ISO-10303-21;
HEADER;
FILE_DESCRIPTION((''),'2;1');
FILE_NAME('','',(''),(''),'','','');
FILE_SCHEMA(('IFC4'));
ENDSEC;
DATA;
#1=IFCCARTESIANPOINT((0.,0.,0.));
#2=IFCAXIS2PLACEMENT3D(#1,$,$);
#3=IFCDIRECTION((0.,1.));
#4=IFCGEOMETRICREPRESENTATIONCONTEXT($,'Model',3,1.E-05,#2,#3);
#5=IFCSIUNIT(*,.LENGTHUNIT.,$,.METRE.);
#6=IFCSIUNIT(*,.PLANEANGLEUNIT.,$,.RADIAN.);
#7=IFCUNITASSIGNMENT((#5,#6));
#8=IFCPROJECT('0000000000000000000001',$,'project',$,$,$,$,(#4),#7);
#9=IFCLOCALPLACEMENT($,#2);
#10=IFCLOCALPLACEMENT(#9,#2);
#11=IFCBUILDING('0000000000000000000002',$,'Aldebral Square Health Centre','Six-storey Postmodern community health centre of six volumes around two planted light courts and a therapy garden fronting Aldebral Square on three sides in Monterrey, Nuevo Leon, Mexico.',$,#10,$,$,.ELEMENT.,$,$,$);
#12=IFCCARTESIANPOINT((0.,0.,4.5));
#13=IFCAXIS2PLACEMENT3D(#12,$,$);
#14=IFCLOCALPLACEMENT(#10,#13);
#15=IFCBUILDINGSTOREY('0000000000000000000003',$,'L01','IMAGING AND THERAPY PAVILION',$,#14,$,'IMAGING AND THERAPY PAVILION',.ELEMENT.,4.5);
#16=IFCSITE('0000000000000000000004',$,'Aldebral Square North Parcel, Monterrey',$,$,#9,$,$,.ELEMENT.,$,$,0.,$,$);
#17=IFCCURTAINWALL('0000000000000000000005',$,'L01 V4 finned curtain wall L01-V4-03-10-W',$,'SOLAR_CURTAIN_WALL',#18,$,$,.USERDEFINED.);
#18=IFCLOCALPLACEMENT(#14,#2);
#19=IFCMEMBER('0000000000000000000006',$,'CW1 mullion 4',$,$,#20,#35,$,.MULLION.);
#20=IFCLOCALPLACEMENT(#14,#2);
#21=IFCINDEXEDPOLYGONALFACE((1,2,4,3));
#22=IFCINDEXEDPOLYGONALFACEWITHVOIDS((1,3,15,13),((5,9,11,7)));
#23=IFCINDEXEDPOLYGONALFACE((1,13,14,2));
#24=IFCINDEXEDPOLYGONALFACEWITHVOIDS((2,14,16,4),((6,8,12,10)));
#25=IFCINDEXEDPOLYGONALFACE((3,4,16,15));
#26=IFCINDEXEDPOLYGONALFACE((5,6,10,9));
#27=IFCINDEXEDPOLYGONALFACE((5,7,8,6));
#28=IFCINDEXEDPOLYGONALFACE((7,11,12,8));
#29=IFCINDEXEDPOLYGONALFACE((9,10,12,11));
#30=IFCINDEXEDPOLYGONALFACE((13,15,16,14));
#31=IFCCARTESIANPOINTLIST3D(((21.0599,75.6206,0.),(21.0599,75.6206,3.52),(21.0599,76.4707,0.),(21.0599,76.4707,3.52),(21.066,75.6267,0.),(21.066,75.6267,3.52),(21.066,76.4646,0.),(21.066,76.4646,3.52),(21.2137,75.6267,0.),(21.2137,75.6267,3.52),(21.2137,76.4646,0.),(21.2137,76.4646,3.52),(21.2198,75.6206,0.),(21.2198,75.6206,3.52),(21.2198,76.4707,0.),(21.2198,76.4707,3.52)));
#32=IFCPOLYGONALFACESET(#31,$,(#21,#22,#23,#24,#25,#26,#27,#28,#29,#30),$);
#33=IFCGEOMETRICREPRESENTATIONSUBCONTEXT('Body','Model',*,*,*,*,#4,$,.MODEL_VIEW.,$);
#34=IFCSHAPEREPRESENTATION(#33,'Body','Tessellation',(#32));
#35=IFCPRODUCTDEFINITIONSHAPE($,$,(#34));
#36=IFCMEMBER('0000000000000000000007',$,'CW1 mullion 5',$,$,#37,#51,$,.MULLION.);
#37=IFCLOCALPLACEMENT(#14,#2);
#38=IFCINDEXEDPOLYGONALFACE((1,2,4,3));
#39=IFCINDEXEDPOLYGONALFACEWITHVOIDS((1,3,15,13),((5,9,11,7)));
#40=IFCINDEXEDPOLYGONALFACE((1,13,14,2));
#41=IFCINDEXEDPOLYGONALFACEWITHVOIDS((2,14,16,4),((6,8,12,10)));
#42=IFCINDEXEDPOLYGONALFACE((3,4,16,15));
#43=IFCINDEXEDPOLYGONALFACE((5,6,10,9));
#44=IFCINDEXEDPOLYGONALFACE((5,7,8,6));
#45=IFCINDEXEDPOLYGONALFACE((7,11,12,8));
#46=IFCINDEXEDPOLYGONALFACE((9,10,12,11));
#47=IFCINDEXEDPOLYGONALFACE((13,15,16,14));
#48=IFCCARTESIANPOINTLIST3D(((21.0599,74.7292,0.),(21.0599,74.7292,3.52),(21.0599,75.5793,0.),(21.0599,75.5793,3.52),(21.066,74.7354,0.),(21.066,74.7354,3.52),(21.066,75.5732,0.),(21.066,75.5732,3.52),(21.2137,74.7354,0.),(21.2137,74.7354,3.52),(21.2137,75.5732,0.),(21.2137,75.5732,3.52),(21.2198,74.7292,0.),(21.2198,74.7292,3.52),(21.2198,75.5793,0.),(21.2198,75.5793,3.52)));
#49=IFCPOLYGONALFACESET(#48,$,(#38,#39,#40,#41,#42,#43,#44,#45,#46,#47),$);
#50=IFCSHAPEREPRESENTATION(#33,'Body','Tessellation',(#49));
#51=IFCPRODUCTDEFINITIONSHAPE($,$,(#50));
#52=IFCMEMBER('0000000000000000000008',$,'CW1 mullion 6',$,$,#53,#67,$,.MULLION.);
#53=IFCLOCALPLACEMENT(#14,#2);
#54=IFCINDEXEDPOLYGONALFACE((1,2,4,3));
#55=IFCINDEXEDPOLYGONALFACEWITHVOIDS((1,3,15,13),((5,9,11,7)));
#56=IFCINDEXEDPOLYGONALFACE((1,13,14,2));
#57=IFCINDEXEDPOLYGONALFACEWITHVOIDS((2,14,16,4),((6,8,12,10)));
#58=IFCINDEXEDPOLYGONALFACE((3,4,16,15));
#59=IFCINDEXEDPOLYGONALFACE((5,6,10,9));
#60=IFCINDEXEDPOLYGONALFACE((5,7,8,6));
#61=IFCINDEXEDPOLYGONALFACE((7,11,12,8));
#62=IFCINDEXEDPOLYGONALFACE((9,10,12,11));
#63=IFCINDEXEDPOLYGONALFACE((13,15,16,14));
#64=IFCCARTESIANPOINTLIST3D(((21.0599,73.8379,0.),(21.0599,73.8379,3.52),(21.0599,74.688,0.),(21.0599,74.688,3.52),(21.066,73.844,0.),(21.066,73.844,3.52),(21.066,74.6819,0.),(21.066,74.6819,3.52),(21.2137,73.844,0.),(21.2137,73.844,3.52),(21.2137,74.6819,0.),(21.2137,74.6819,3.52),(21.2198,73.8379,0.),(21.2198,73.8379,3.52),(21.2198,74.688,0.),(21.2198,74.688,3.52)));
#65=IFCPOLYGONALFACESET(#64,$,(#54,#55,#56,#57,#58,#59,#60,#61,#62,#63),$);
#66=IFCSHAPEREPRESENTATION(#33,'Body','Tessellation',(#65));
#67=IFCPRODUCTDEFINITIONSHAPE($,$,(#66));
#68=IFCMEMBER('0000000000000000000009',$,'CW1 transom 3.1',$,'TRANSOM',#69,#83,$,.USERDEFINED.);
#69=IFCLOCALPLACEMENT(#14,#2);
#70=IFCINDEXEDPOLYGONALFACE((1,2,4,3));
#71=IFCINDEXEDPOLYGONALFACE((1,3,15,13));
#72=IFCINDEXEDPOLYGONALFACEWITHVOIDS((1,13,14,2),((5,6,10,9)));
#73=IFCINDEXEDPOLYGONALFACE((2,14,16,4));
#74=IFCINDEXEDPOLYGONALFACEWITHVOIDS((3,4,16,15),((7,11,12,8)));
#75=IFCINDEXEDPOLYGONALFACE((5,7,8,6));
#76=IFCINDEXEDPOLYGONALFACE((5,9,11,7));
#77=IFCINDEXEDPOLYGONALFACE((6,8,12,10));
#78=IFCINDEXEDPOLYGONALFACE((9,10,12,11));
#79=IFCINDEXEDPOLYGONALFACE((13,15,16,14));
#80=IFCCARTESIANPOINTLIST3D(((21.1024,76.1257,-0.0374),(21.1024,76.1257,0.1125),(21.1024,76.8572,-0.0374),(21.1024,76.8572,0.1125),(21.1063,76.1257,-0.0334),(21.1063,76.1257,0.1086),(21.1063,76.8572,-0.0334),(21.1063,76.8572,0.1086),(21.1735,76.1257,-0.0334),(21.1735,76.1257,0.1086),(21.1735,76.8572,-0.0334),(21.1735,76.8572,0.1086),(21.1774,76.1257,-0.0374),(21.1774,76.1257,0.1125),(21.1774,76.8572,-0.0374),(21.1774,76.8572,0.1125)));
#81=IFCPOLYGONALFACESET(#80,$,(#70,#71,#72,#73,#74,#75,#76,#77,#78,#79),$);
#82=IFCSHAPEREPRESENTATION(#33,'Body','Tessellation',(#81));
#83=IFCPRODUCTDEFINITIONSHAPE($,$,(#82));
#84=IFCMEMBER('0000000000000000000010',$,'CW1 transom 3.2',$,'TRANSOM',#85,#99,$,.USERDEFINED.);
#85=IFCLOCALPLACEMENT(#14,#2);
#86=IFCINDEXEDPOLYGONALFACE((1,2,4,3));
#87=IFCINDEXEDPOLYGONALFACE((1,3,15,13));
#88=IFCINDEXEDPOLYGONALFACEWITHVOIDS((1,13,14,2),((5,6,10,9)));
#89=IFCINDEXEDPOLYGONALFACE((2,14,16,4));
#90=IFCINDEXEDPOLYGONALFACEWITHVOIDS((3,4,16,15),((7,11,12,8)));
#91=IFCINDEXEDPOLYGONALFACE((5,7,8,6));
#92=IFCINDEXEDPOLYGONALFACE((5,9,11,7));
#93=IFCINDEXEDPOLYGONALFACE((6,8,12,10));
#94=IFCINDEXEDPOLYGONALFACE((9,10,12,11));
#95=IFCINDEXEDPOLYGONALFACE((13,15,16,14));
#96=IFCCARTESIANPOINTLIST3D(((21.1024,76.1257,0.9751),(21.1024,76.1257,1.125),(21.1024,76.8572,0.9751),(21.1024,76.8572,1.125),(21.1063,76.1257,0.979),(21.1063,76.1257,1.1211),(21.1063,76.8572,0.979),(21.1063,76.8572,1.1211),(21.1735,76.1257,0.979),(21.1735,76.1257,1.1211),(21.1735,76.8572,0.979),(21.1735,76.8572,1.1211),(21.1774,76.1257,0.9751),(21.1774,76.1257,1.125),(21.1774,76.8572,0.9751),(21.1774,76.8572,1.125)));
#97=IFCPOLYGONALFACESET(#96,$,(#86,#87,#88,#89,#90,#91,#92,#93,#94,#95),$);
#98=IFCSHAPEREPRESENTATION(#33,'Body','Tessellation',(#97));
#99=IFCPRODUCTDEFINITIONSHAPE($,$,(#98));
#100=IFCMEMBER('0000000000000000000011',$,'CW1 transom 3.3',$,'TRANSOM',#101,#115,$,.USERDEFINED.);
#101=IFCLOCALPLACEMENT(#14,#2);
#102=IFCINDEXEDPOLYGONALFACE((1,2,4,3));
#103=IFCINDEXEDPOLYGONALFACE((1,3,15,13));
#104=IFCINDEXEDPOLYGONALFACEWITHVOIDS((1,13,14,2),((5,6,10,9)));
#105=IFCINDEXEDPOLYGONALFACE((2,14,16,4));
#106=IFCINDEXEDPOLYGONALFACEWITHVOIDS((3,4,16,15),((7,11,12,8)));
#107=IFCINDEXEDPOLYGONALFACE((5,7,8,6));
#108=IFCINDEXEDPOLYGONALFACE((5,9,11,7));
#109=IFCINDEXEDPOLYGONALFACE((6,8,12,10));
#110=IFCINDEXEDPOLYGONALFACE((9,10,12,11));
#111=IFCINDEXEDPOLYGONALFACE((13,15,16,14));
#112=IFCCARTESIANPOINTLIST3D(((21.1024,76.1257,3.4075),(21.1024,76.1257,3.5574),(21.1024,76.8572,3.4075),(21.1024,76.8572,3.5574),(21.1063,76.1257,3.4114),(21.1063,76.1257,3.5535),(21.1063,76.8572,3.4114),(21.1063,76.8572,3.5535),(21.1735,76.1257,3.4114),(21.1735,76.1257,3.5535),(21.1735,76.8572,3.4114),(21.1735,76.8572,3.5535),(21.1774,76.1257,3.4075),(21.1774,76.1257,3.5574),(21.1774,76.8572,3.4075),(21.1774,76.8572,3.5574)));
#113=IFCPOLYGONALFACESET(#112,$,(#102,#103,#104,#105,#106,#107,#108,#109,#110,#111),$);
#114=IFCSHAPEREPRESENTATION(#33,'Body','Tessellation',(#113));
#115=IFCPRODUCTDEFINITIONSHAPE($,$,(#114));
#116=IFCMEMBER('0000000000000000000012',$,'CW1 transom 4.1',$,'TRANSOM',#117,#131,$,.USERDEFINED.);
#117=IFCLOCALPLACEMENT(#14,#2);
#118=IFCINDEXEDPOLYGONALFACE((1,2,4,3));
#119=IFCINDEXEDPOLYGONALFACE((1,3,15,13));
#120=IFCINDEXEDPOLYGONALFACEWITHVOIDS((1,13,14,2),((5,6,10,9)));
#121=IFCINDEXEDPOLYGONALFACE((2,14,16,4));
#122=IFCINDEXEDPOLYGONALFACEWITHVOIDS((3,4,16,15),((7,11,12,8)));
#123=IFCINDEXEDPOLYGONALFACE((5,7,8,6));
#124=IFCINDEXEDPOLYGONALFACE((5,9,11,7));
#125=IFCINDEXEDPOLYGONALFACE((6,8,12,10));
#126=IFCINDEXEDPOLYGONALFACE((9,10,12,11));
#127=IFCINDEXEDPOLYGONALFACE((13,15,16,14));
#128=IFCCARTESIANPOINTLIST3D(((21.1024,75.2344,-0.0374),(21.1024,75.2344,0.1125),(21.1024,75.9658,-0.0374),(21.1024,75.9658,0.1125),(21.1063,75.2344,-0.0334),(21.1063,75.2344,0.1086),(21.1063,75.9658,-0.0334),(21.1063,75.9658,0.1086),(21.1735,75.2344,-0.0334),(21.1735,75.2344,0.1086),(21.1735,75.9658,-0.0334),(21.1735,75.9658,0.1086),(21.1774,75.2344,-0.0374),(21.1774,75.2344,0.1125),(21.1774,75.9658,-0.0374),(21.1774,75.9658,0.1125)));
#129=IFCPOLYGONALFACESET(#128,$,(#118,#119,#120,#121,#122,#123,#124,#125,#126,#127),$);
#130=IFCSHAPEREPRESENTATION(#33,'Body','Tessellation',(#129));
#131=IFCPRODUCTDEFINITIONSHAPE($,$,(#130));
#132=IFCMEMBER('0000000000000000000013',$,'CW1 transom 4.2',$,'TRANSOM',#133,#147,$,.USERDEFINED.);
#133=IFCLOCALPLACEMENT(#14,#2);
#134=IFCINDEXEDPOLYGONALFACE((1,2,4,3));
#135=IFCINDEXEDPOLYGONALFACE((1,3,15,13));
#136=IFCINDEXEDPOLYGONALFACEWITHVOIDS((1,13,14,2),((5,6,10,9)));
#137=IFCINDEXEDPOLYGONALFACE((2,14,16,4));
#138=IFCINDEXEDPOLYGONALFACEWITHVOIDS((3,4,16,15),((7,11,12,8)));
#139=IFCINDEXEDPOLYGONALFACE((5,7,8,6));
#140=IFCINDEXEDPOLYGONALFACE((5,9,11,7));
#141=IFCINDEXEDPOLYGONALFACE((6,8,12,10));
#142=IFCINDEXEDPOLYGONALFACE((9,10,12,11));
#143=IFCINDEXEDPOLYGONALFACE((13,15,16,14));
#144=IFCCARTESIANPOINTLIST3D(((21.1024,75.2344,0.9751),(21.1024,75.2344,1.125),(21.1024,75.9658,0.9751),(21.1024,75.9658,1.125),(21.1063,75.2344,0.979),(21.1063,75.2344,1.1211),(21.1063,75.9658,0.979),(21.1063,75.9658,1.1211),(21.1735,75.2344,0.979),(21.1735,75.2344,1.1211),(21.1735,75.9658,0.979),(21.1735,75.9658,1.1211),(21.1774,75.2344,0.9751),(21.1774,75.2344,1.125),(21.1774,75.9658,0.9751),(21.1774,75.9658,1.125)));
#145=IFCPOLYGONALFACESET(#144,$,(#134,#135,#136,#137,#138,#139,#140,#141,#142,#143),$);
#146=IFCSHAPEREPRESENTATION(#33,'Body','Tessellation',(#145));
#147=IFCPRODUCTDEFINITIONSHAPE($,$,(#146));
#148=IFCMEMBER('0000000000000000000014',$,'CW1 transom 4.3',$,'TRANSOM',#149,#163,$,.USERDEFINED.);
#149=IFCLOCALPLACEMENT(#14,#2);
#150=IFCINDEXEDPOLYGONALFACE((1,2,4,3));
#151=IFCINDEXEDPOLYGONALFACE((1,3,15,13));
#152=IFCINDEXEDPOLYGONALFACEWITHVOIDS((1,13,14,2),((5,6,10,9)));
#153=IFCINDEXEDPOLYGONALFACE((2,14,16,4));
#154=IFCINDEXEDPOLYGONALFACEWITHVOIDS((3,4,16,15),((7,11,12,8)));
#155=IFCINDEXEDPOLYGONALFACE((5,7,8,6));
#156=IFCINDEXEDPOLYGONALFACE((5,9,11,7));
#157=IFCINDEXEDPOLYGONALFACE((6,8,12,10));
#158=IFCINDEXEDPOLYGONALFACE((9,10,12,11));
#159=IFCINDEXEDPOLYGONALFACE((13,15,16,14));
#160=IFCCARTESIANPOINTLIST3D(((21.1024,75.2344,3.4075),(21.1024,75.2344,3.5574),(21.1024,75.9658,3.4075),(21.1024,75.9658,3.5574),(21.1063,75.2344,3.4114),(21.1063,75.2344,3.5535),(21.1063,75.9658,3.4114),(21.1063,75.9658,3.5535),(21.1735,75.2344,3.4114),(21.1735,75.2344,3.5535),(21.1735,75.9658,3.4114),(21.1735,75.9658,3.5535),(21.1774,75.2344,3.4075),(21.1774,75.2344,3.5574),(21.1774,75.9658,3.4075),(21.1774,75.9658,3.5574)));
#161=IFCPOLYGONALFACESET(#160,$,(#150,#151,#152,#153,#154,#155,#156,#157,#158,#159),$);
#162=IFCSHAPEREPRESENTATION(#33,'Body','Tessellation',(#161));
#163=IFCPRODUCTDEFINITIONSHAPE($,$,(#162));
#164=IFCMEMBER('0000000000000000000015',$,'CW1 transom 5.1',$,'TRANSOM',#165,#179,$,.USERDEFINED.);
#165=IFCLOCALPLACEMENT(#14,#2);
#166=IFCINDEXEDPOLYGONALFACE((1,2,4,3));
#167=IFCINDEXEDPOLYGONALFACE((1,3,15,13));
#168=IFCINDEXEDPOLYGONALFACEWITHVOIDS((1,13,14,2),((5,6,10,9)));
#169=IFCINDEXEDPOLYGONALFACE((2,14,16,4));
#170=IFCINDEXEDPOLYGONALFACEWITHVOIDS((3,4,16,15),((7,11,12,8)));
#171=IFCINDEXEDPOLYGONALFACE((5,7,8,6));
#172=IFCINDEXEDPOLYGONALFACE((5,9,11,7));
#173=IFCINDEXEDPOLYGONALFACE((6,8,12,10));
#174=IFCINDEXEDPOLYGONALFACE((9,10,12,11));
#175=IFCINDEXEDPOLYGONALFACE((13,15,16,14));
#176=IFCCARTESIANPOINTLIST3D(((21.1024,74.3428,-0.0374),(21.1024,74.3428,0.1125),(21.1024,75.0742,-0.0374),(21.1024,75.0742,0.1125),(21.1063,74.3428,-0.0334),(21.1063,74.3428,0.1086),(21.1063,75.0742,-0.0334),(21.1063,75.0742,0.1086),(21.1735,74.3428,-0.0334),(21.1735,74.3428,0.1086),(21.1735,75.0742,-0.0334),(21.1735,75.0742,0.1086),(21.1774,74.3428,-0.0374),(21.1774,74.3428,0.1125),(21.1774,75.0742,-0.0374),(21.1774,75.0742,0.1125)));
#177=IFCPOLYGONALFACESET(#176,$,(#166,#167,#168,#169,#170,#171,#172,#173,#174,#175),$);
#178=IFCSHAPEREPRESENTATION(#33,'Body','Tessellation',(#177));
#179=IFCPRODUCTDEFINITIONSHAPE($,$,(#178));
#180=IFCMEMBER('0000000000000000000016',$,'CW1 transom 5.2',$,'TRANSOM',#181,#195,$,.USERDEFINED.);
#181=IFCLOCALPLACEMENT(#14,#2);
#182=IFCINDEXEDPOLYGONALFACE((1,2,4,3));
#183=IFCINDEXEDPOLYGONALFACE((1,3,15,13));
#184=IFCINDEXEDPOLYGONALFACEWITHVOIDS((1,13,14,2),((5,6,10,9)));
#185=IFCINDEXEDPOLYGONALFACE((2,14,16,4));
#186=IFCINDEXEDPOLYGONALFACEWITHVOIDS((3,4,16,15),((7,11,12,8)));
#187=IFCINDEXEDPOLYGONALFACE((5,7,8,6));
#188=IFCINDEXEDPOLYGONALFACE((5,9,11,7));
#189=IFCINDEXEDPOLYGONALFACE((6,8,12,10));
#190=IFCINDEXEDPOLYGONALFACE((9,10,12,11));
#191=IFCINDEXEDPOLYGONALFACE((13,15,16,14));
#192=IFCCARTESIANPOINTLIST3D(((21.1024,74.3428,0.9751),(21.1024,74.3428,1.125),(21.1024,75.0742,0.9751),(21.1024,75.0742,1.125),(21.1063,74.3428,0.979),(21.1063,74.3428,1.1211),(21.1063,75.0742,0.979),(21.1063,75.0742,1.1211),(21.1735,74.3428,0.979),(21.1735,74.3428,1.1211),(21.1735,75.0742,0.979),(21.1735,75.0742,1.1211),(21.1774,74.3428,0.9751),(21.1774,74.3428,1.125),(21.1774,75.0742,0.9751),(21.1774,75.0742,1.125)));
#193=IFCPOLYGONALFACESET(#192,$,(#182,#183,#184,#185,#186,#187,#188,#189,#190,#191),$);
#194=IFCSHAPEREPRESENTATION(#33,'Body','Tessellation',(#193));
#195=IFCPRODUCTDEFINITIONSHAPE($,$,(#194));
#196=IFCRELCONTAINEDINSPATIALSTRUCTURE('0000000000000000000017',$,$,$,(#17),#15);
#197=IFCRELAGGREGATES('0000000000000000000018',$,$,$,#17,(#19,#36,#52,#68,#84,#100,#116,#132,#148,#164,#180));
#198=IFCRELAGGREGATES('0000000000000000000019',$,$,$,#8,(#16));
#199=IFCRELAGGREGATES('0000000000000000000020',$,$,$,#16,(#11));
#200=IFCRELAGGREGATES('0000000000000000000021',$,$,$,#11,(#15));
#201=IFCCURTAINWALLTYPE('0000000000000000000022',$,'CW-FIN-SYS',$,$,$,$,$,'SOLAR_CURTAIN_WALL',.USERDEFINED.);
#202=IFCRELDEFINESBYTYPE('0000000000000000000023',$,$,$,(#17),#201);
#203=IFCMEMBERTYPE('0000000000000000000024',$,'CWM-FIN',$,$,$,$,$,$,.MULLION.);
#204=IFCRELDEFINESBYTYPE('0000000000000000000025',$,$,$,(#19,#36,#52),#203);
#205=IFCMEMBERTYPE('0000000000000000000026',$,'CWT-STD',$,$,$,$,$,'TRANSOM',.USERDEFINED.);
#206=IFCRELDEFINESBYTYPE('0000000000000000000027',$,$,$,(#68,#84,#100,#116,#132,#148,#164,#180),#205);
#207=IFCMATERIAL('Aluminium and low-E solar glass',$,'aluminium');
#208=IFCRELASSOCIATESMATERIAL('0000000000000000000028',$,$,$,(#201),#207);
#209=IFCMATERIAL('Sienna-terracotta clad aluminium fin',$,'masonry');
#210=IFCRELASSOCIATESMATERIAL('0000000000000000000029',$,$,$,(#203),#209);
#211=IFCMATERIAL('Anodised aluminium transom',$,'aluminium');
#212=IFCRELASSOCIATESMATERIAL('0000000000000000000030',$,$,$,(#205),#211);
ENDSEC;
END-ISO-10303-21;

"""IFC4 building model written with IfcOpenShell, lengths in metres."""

from ifc_helpers import new_model, si_unit, direction, frame, origin, origin_2d, place, context, subcontext, project, spatial, hollow_rectangle, extrude, material, material_profile, profile_set, type_object, element, aggregate, save


model = new_model("IFC4")

# Units and contexts
model_context = context("Model", 3, precision=1e-05, world=origin(), true_north=direction((0.0, 1.0)))
body_context = subcontext(model_context, "Body", "Model", "MODEL_VIEW")
ifc_project = project(units=[si_unit("LENGTHUNIT", "METRE"), si_unit("PLANEANGLEUNIT", "RADIAN")], contexts=[model_context])

# Site, building, storey
site_placement = place(None, origin())
site = spatial("IfcSite", under=ifc_project, at=site_placement, Name="Aldebral Square North Parcel, Monterrey", CompositionType="ELEMENT", RefElevation=0.0)
building_placement = place(site_placement, origin())
building = spatial("IfcBuilding", under=site, at=building_placement, Name="Aldebral Square Health Centre", Description="Six-storey Postmodern community health centre of six volumes around two planted light courts and a therapy garden fronting Aldebral Square on three sides in Monterrey, Nuevo Leon, Mexico.", CompositionType="ELEMENT")
storey_placement = place(building_placement, frame((0.0, 0.0, 4.5)))
storey = spatial("IfcBuildingStorey", under=building, at=storey_placement, Name="L01", Description="IMAGING AND THERAPY PAVILION", LongName="IMAGING AND THERAPY PAVILION", CompositionType="ELEMENT", Elevation=4.5)

# Curtain wall, members
ifc_material_1 = material(Name="Aluminium and low-E solar glass", Category="aluminium")
curtain_wall_type = type_object("IfcCurtainWallType", Name="CW-FIN-SYS", ElementType="SOLAR_CURTAIN_WALL", PredefinedType="USERDEFINED", material=ifc_material_1)
curtain_wall_placement = place(storey_placement, origin())
curtain_wall = element("IfcCurtainWall", 1, at=curtain_wall_placement, inside=storey, type_object=curtain_wall_type, Name="L01 V4 finned curtain wall L01-V4-03-10-W", ObjectType="SOLAR_CURTAIN_WALL", PredefinedType="USERDEFINED")
ifc_material_2 = material(Name="Sienna-terracotta clad aluminium fin", Category="masonry")
ifc_material_profile_1 = material_profile(ifc_material_2, hollow_rectangle(XDim=0.1599, YDim=0.8501, WallThickness=0.0061, at=origin_2d()), Name="FIN 160x850x6")
ifc_profile_set_1 = profile_set([ifc_material_profile_1], Name="Sienna-terracotta clad aluminium fin")
member_type_1 = type_object("IfcMemberType", Name="CWM-FIN", PredefinedType="MULLION", material=ifc_profile_set_1)
member_1_placement = place(storey_placement, frame((21.1399, 76.0457, 0.0), z_axis=(0.0, 0.0, 1.0), x_axis=(1.0, 0.0, 0.0)))
member_1 = element("IfcMember", 2, at=member_1_placement, type_object=member_type_1, Name="CW1 mullion 4", PredefinedType="MULLION", context=body_context, shape_type="SweptSolid", body=[
    extrude(hollow_rectangle(XDim=0.1599, YDim=0.8501, WallThickness=0.0061, at=origin_2d()), origin(), (0.0, 0.0, 1.0), 3.52),
])
member_2_placement = place(storey_placement, frame((21.1399, 75.1543, 0.0), z_axis=(0.0, 0.0, 1.0), x_axis=(1.0, 0.0, 0.0)))
member_2 = element("IfcMember", 3, at=member_2_placement, type_object=member_type_1, Name="CW1 mullion 5", PredefinedType="MULLION", context=body_context, shape_type="SweptSolid", body=[
    extrude(hollow_rectangle(XDim=0.1599, YDim=0.8501, WallThickness=0.0061, at=origin_2d()), origin(), (0.0, 0.0, 1.0), 3.52),
])
member_3_placement = place(storey_placement, frame((21.1399, 74.2629, 0.0), z_axis=(0.0, 0.0, 1.0), x_axis=(1.0, 0.0, 0.0)))
member_3 = element("IfcMember", 4, at=member_3_placement, type_object=member_type_1, Name="CW1 mullion 6", PredefinedType="MULLION", context=body_context, shape_type="SweptSolid", body=[
    extrude(hollow_rectangle(XDim=0.1599, YDim=0.8501, WallThickness=0.0061, at=origin_2d()), origin(), (0.0, 0.0, 1.0), 3.52),
])
ifc_material_3 = material(Name="Anodised aluminium transom", Category="aluminium")
ifc_material_profile_2 = material_profile(ifc_material_3, hollow_rectangle(XDim=0.075, YDim=0.1499, WallThickness=0.0039, at=origin_2d()), Name="CWT 75x150x4")
ifc_profile_set_2 = profile_set([ifc_material_profile_2], Name="Anodised aluminium transom")
member_type_2 = type_object("IfcMemberType", Name="CWT-STD", ElementType="TRANSOM", PredefinedType="USERDEFINED", material=ifc_profile_set_2)
member_4_placement = place(storey_placement, frame((21.1399, 76.8572, 0.0376), z_axis=(0.0, -1.0, 0.0), x_axis=(1.0, 0.0, 0.0)))
member_4 = element("IfcMember", 5, at=member_4_placement, type_object=member_type_2, Name="CW1 transom 3.1", ObjectType="TRANSOM", PredefinedType="USERDEFINED", context=body_context, shape_type="SweptSolid", body=[
    extrude(hollow_rectangle(XDim=0.075, YDim=0.1499, WallThickness=0.0039, at=origin_2d()), origin(), (0.0, 0.0, 1.0), 0.7314),
])
member_5_placement = place(storey_placement, frame((21.1399, 76.8572, 1.05), z_axis=(0.0, -1.0, 0.0), x_axis=(1.0, 0.0, 0.0)))
member_5 = element("IfcMember", 6, at=member_5_placement, type_object=member_type_2, Name="CW1 transom 3.2", ObjectType="TRANSOM", PredefinedType="USERDEFINED", context=body_context, shape_type="SweptSolid", body=[
    extrude(hollow_rectangle(XDim=0.075, YDim=0.1499, WallThickness=0.0039, at=origin_2d()), origin(), (0.0, 0.0, 1.0), 0.7314),
])
member_6_placement = place(storey_placement, frame((21.1399, 76.8572, 3.4824), z_axis=(0.0, -1.0, 0.0), x_axis=(1.0, 0.0, 0.0)))
member_6 = element("IfcMember", 7, at=member_6_placement, type_object=member_type_2, Name="CW1 transom 3.3", ObjectType="TRANSOM", PredefinedType="USERDEFINED", context=body_context, shape_type="SweptSolid", body=[
    extrude(hollow_rectangle(XDim=0.075, YDim=0.1499, WallThickness=0.0039, at=origin_2d()), origin(), (0.0, 0.0, 1.0), 0.7314),
])
member_7_placement = place(storey_placement, frame((21.1399, 75.9658, 0.0376), z_axis=(0.0, -1.0, 0.0), x_axis=(1.0, 0.0, 0.0)))
member_7 = element("IfcMember", 8, at=member_7_placement, type_object=member_type_2, Name="CW1 transom 4.1", ObjectType="TRANSOM", PredefinedType="USERDEFINED", context=body_context, shape_type="SweptSolid", body=[
    extrude(hollow_rectangle(XDim=0.075, YDim=0.1499, WallThickness=0.0039, at=origin_2d()), origin(), (0.0, 0.0, 1.0), 0.7314),
])
member_8_placement = place(storey_placement, frame((21.1399, 75.9658, 1.05), z_axis=(0.0, -1.0, 0.0), x_axis=(1.0, 0.0, 0.0)))
member_8 = element("IfcMember", 9, at=member_8_placement, type_object=member_type_2, Name="CW1 transom 4.2", ObjectType="TRANSOM", PredefinedType="USERDEFINED", context=body_context, shape_type="SweptSolid", body=[
    extrude(hollow_rectangle(XDim=0.075, YDim=0.1499, WallThickness=0.0039, at=origin_2d()), origin(), (0.0, 0.0, 1.0), 0.7314),
])
member_9_placement = place(storey_placement, frame((21.1399, 75.9658, 3.4824), z_axis=(0.0, -1.0, 0.0), x_axis=(1.0, 0.0, 0.0)))
member_9 = element("IfcMember", 10, at=member_9_placement, type_object=member_type_2, Name="CW1 transom 4.3", ObjectType="TRANSOM", PredefinedType="USERDEFINED", context=body_context, shape_type="SweptSolid", body=[
    extrude(hollow_rectangle(XDim=0.075, YDim=0.1499, WallThickness=0.0039, at=origin_2d()), origin(), (0.0, 0.0, 1.0), 0.7314),
])
member_10_placement = place(storey_placement, frame((21.1399, 75.0742, 0.0376), z_axis=(0.0, -1.0, 0.0), x_axis=(1.0, 0.0, 0.0)))
member_10 = element("IfcMember", 11, at=member_10_placement, type_object=member_type_2, Name="CW1 transom 5.1", ObjectType="TRANSOM", PredefinedType="USERDEFINED", context=body_context, shape_type="SweptSolid", body=[
    extrude(hollow_rectangle(XDim=0.075, YDim=0.1499, WallThickness=0.0039, at=origin_2d()), origin(), (0.0, 0.0, 1.0), 0.7314),
])
member_11_placement = place(storey_placement, frame((21.1399, 75.0742, 1.05), z_axis=(0.0, -1.0, 0.0), x_axis=(1.0, 0.0, 0.0)))
member_11 = element("IfcMember", 12, at=member_11_placement, type_object=member_type_2, Name="CW1 transom 5.2", ObjectType="TRANSOM", PredefinedType="USERDEFINED", context=body_context, shape_type="SweptSolid", body=[
    extrude(hollow_rectangle(XDim=0.075, YDim=0.1499, WallThickness=0.0039, at=origin_2d()), origin(), (0.0, 0.0, 1.0), 0.7314),
])
aggregate(curtain_wall, [member_1, member_2, member_3, member_4, member_5, member_6, member_7, member_8, member_9, member_10, member_11])

save(model, "model.ifc")
